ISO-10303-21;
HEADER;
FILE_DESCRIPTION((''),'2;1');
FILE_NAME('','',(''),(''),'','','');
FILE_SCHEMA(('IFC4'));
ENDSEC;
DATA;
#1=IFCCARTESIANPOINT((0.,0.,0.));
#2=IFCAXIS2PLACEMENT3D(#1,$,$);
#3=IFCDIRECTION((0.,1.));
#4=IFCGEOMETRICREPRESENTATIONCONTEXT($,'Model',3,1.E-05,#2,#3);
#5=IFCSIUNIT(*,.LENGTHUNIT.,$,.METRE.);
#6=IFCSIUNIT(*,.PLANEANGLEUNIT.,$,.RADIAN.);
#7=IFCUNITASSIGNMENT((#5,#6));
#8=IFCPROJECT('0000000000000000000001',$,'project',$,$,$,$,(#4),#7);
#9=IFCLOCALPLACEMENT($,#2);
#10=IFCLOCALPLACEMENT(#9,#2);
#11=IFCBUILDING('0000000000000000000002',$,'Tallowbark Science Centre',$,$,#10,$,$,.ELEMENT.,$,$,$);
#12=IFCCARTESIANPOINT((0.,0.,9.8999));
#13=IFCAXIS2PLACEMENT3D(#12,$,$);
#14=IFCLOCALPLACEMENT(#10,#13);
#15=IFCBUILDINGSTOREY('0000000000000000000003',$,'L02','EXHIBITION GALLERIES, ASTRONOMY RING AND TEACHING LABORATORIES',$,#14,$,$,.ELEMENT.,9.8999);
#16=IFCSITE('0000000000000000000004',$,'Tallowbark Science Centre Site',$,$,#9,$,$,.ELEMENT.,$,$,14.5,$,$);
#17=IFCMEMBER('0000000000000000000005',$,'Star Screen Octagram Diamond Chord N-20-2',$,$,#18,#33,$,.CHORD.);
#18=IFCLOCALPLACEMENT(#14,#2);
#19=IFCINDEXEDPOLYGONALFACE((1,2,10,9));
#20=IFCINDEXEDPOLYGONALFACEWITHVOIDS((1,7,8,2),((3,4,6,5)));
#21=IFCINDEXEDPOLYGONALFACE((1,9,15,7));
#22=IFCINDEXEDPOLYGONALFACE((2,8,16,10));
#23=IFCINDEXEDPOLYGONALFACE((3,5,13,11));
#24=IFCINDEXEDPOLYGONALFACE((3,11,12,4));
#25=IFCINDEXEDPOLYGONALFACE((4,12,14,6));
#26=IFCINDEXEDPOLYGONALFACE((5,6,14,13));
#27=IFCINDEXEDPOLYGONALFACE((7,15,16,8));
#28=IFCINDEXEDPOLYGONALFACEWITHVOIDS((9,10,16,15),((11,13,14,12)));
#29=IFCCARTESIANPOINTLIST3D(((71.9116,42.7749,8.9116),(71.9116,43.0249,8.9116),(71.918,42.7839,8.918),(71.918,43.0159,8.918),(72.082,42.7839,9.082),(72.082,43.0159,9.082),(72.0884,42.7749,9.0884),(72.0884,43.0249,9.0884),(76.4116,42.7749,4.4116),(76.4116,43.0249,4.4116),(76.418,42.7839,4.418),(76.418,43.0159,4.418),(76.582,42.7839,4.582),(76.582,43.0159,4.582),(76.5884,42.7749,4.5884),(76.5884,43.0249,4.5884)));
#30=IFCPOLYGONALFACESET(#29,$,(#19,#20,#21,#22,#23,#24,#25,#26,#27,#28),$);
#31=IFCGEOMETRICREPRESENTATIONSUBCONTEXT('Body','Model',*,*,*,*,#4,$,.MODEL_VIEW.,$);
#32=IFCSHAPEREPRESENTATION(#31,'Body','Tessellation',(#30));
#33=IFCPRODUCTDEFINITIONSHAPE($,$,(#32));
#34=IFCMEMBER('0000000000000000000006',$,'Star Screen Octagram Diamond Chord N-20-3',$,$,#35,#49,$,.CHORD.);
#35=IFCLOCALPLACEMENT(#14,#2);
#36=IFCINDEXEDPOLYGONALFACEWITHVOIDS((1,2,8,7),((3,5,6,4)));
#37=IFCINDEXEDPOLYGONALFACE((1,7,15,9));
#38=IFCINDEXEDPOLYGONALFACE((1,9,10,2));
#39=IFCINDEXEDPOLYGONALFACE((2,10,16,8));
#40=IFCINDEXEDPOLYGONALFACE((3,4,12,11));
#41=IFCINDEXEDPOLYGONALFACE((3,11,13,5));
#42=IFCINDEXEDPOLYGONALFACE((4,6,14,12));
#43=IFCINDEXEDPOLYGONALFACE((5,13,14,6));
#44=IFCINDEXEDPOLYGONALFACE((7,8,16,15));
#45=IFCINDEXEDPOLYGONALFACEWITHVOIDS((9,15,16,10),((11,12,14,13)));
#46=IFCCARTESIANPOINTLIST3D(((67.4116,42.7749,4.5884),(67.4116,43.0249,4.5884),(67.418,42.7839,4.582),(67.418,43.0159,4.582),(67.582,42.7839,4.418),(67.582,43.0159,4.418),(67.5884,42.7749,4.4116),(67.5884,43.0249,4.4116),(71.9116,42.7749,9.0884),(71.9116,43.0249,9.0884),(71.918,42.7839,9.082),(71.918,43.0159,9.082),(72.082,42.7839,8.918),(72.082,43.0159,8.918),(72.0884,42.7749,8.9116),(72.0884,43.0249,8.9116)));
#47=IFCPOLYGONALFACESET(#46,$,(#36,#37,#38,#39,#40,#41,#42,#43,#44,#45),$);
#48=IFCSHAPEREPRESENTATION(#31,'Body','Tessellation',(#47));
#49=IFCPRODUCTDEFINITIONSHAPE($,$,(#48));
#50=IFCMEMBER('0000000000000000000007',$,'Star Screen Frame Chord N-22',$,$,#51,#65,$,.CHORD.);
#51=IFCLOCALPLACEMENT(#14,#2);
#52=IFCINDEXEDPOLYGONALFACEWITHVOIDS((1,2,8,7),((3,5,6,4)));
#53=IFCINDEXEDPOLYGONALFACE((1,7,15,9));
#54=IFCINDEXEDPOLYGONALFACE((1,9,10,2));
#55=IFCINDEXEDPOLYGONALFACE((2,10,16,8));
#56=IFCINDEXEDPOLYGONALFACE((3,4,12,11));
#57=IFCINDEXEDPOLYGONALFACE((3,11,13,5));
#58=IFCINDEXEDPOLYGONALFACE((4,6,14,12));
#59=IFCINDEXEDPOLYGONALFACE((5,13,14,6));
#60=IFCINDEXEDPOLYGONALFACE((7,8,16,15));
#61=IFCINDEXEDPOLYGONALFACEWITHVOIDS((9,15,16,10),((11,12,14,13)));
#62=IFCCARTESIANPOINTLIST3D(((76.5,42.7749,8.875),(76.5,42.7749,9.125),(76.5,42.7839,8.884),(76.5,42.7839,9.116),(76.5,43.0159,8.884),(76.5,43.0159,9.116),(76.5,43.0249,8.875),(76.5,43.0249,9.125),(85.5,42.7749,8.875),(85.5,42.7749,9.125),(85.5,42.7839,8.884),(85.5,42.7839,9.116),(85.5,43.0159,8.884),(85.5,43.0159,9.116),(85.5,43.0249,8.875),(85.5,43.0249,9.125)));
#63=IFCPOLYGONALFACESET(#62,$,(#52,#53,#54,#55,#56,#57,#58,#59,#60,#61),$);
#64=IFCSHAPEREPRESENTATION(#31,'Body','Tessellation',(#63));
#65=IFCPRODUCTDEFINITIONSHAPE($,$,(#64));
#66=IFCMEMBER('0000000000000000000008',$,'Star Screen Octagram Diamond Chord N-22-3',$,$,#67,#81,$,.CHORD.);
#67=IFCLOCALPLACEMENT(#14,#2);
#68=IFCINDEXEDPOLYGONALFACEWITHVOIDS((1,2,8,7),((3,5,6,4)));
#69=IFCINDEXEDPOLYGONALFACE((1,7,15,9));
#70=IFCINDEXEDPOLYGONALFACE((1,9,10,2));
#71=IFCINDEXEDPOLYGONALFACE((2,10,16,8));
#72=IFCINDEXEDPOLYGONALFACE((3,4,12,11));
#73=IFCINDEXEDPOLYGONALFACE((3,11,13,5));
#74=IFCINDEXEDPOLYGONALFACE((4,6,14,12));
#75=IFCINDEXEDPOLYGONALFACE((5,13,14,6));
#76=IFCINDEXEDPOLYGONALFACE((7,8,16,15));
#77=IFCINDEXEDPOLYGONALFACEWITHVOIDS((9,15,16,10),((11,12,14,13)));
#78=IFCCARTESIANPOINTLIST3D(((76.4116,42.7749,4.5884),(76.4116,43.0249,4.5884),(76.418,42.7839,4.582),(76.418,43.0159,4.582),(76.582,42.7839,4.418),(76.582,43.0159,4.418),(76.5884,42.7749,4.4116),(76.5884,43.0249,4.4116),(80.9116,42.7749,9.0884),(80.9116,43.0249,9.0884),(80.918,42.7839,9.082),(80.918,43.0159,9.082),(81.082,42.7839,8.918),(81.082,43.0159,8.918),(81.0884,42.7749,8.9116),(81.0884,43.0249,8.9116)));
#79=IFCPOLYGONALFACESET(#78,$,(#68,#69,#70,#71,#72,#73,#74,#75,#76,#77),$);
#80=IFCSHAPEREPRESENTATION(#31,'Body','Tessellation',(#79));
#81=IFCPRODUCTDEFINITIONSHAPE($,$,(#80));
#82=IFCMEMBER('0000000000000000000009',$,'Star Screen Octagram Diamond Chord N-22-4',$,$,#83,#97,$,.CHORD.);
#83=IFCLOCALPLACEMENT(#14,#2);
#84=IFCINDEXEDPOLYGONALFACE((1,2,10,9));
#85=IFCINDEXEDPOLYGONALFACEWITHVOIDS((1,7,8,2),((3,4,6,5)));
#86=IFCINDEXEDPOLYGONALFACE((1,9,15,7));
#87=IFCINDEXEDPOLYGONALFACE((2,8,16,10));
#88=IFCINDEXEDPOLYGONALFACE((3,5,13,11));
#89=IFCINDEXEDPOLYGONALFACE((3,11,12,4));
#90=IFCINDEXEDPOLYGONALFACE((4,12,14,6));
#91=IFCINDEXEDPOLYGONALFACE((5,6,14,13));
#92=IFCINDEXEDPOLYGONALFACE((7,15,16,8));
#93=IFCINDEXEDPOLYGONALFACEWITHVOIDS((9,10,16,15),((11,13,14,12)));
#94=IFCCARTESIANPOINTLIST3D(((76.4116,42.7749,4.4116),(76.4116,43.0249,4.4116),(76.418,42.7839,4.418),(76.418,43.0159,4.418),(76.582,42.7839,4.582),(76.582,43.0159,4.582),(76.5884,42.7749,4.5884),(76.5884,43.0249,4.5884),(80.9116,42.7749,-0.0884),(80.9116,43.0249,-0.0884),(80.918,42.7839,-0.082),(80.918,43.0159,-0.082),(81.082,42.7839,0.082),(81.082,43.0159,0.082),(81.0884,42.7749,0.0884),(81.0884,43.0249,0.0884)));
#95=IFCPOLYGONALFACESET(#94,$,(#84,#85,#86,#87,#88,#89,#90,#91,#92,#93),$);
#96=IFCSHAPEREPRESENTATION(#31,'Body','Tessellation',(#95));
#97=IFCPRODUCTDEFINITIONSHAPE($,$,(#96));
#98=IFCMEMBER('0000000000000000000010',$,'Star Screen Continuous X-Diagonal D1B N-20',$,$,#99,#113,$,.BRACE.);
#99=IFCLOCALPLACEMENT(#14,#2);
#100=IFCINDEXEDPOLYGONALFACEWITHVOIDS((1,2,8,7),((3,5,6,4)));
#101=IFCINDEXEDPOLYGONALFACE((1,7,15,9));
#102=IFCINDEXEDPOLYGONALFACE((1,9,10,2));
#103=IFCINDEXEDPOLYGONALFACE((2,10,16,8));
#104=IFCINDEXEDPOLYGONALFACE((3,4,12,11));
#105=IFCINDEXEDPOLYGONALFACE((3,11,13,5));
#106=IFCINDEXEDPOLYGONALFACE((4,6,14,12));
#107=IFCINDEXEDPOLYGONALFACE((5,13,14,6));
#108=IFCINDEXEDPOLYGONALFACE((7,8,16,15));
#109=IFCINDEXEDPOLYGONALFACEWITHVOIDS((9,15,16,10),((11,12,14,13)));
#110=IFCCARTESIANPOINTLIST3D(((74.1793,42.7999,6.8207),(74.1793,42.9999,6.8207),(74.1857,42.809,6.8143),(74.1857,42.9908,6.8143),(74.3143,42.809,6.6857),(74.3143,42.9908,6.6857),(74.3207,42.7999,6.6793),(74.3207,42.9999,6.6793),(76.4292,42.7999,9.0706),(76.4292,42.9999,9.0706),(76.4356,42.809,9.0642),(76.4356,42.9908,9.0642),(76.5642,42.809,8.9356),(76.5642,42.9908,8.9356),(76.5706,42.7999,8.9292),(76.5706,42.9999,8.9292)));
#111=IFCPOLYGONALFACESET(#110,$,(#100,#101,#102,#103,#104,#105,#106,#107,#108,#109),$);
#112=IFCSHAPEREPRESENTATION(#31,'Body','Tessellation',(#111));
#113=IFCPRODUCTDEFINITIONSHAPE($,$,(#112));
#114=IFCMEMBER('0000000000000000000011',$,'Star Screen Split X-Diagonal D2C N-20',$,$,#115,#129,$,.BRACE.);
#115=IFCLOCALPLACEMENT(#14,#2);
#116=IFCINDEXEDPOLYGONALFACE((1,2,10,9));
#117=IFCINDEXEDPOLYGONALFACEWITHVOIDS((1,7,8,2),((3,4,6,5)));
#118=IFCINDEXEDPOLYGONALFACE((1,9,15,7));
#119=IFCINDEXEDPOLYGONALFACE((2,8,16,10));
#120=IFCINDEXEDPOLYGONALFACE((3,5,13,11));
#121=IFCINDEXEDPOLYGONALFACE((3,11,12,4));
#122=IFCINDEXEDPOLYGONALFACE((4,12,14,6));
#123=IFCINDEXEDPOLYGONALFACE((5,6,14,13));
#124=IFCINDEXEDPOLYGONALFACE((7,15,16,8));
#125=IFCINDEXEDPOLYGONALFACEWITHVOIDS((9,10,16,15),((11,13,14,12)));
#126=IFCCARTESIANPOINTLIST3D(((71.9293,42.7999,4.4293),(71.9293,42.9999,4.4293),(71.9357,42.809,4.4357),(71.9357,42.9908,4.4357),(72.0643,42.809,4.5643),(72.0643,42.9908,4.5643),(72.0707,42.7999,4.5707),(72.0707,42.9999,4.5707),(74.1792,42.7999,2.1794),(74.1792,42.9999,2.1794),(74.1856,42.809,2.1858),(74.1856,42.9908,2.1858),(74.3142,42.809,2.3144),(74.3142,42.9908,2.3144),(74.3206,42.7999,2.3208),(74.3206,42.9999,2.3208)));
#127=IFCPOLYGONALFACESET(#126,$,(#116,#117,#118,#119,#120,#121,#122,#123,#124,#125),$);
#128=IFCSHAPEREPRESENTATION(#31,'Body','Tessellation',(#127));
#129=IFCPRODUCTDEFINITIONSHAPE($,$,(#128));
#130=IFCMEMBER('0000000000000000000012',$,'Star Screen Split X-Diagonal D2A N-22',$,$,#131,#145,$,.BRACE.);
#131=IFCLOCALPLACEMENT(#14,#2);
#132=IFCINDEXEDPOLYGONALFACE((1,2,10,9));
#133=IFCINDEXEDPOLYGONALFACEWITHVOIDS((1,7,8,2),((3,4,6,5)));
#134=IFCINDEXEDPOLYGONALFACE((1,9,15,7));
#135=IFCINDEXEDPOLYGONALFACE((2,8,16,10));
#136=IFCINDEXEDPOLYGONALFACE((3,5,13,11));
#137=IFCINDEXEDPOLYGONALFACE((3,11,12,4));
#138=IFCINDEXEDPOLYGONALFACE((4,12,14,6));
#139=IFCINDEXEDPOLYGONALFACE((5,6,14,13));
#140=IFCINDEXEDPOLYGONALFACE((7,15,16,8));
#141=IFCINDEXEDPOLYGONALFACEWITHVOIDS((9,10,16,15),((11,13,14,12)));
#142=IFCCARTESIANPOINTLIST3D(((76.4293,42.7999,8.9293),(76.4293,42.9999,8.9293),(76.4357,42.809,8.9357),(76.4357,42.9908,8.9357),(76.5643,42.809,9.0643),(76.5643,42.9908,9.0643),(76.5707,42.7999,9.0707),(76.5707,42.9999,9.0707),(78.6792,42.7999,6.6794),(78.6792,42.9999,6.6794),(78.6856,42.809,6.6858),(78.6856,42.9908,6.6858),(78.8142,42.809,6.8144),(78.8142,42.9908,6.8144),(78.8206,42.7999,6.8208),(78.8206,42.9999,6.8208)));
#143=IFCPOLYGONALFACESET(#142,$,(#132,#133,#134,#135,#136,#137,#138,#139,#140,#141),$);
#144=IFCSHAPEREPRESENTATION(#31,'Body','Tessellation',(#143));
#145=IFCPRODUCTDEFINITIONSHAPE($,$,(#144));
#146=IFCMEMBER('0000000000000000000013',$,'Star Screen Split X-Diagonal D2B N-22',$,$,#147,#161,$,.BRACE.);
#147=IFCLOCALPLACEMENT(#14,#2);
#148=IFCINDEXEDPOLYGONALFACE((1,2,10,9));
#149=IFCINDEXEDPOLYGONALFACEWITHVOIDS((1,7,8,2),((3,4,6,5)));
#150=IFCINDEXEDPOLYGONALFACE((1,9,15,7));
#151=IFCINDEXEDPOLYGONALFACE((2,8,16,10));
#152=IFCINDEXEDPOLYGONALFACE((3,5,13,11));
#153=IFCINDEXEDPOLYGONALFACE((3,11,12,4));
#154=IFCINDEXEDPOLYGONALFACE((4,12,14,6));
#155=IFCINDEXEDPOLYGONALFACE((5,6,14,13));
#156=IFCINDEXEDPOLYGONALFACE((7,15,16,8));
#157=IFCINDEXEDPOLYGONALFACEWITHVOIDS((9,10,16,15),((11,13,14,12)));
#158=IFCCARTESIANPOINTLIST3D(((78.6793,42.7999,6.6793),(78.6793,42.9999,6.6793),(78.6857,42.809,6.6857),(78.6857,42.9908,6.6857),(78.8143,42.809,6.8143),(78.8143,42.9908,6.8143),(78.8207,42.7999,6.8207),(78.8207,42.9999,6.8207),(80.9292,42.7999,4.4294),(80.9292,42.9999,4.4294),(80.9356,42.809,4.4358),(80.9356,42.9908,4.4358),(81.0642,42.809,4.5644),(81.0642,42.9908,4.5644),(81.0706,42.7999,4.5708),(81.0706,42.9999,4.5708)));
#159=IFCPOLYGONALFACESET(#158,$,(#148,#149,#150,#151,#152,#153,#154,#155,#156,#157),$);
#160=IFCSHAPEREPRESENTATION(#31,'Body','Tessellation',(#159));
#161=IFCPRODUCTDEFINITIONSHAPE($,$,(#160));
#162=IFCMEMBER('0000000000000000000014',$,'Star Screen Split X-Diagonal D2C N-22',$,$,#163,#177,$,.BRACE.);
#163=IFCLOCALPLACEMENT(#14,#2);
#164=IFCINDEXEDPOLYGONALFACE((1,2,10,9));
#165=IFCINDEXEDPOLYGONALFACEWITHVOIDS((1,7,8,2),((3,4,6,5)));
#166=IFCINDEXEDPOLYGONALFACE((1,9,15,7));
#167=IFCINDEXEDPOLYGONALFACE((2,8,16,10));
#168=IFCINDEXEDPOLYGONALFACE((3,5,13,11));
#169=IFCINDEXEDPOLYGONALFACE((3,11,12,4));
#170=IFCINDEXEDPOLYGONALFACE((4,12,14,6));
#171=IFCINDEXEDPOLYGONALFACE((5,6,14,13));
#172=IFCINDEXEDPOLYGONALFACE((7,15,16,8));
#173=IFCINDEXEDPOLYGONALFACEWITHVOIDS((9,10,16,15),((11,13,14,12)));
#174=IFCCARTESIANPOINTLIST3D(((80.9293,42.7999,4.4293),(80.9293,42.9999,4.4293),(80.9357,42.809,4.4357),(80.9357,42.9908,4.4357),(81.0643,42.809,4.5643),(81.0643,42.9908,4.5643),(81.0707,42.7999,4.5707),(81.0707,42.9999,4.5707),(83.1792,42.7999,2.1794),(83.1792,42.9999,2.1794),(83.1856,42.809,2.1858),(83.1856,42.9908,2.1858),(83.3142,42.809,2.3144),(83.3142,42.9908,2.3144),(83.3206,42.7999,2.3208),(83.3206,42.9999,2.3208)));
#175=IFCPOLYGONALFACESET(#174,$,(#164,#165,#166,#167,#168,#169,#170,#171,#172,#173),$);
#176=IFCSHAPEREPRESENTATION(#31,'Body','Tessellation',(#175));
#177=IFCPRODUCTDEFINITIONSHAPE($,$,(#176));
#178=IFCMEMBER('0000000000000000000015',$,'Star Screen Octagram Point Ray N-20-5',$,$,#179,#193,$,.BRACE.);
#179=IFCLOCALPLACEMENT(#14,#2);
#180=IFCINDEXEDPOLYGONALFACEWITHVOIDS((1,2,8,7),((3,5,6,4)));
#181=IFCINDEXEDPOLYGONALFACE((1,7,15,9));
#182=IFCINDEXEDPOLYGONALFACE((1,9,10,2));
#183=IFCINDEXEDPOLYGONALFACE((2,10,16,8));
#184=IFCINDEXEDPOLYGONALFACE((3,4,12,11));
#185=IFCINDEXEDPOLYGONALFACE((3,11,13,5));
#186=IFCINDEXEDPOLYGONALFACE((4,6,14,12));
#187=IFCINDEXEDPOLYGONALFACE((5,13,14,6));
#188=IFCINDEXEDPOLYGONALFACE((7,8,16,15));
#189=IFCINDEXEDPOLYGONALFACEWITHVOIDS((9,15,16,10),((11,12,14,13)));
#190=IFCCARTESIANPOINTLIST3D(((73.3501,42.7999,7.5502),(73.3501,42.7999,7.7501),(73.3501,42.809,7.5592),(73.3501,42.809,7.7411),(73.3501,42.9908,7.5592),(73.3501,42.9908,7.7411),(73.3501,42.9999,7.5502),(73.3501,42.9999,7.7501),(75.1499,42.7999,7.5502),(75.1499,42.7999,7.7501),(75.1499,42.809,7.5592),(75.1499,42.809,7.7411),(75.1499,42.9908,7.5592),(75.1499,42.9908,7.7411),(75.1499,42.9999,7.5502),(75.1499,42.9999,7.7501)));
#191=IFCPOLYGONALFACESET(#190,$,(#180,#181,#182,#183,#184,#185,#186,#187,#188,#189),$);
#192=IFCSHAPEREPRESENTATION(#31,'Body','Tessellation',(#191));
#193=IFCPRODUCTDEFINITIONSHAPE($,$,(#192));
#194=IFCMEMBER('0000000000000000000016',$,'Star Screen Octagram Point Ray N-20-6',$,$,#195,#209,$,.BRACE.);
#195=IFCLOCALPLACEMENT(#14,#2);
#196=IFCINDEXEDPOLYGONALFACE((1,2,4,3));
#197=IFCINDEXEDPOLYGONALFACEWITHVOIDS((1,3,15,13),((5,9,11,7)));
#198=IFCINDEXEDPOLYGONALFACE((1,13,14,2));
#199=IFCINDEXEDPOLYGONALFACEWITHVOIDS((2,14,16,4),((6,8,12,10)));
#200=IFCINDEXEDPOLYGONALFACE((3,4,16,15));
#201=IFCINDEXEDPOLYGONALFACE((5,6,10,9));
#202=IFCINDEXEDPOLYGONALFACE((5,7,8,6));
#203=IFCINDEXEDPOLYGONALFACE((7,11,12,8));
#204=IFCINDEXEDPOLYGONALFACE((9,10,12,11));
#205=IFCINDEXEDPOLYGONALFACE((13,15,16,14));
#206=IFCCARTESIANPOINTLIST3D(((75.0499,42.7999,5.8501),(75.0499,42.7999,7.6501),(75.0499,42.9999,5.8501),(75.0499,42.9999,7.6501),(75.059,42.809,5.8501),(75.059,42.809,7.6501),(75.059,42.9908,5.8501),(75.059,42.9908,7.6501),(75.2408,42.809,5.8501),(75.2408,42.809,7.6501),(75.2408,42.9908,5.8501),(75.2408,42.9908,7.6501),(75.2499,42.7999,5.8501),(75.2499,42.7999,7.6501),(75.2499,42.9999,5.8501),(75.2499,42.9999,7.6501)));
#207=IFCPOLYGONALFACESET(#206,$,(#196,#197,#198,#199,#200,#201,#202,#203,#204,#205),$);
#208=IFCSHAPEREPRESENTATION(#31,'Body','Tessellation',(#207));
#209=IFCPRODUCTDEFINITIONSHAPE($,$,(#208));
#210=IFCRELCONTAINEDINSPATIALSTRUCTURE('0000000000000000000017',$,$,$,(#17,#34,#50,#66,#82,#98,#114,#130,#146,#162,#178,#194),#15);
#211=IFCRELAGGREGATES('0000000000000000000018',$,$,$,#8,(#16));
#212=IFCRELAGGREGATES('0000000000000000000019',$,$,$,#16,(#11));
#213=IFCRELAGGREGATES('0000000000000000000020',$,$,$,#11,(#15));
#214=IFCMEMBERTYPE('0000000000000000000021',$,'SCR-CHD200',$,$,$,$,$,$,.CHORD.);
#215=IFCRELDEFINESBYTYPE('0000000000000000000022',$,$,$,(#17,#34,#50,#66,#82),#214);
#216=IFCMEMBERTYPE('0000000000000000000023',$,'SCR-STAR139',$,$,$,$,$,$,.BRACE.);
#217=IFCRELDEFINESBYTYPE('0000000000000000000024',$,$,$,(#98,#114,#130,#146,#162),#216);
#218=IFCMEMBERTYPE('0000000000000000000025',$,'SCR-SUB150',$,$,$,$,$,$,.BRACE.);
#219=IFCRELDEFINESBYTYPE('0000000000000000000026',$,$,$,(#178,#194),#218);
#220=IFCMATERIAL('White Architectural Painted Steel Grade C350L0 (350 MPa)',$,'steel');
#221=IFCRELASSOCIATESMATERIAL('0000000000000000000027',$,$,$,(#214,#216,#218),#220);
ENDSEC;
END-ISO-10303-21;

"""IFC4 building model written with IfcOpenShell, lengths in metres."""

from ifc_helpers import new_model, si_unit, direction, frame, origin, origin_2d, place, context, subcontext, project, spatial, hollow_rectangle, extrude, material, material_profile, profile_set, type_object, element, save


model = new_model("IFC4")

# Units and contexts
model_context = context("Model", 3, precision=1e-05, world=origin(), true_north=direction((0.0, 1.0)))
body_context = subcontext(model_context, "Body", "Model", "MODEL_VIEW")
ifc_project = project(units=[si_unit("LENGTHUNIT", "METRE"), si_unit("PLANEANGLEUNIT", "RADIAN")], contexts=[model_context])

# Site, building, storey
site_placement = place(None, origin())
site = spatial("IfcSite", under=ifc_project, at=site_placement, Name="Tallowbark Science Centre Site", CompositionType="ELEMENT", RefElevation=14.5)
building_placement = place(site_placement, origin())
building = spatial("IfcBuilding", under=site, at=building_placement, Name="Tallowbark Science Centre", CompositionType="ELEMENT")
storey_placement = place(building_placement, frame((0.0, 0.0, 9.8999)))
storey = spatial("IfcBuildingStorey", under=building, at=storey_placement, Name="L02", Description="EXHIBITION GALLERIES, ASTRONOMY RING AND TEACHING LABORATORIES", CompositionType="ELEMENT", Elevation=9.8999)

# Members
ifc_material_1 = material(Name="White Architectural Painted Steel Grade C350L0 (350 MPa)", Category="steel")
ifc_material_profile_1 = material_profile(ifc_material_1, hollow_rectangle(XDim=0.25, YDim=0.25, WallThickness=0.009, at=origin_2d()), Name="250x250x9.0SHS")
ifc_profile_set_1 = profile_set([ifc_material_profile_1], Name="White Architectural Painted Steel Grade C350L0 (350 MPa)")
member_type_1 = type_object("IfcMemberType", Name="SCR-CHD200", PredefinedType="CHORD", material=ifc_profile_set_1)
for number, where, z_axis, x_axis, name in (
    (1, (76.5, 42.8999, 4.5), (-0.707107, 0.0, 0.707107), (0.0, -1.0, 0.0), "Star Screen Octagram Diamond Chord N-20-2"),
    (2, (72.0, 42.8999, 9.0), (-0.707107, 0.0, -0.707107), (0.0, -1.0, 0.0), "Star Screen Octagram Diamond Chord N-20-3"),
):
    element("IfcMember", number, at=place(storey_placement, frame(where, z_axis=z_axis, x_axis=x_axis)), inside=storey, type_object=member_type_1, Name=name, PredefinedType="CHORD", context=body_context, shape_type="SweptSolid", body=[
        extrude(hollow_rectangle(XDim=0.25, YDim=0.25, WallThickness=0.009, at=origin_2d()), origin(), (0.0, 0.0, 1.0), 6.364),
    ])
member_1_placement = place(storey_placement, frame((76.5, 42.8999, 9.0), z_axis=(1.0, 0.0, 0.0), x_axis=(0.0, 1.0, 0.0)))
element("IfcMember", 3, at=member_1_placement, inside=storey, type_object=member_type_1, Name="Star Screen Frame Chord N-22", PredefinedType="CHORD", context=body_context, shape_type="SweptSolid", body=[
    extrude(hollow_rectangle(XDim=0.25, YDim=0.25, WallThickness=0.009, at=origin_2d()), origin(), (0.0, 0.0, 1.0), 9.0),
])
for number, where, z_axis, x_axis, name in (
    (4, (81.0, 42.8999, 9.0), (-0.707107, 0.0, -0.707107), (0.0, -1.0, 0.0), "Star Screen Octagram Diamond Chord N-22-3"),
    (5, (76.5, 42.8999, 4.5), (0.707107, 0.0, -0.707107), (0.0, 1.0, 0.0), "Star Screen Octagram Diamond Chord N-22-4"),
):
    element("IfcMember", number, at=place(storey_placement, frame(where, z_axis=z_axis, x_axis=x_axis)), inside=storey, type_object=member_type_1, Name=name, PredefinedType="CHORD", context=body_context, shape_type="SweptSolid", body=[
        extrude(hollow_rectangle(XDim=0.25, YDim=0.25, WallThickness=0.009, at=origin_2d()), origin(), (0.0, 0.0, 1.0), 6.364),
    ])
ifc_material_profile_2 = material_profile(ifc_material_1, hollow_rectangle(XDim=0.2, YDim=0.2, WallThickness=0.009, at=origin_2d()), Name="200x200x9.0SHS")
ifc_profile_set_2 = profile_set([ifc_material_profile_2], Name="White Architectural Painted Steel Grade C350L0 (350 MPa)")
member_type_2 = type_object("IfcMemberType", Name="SCR-STAR139", PredefinedType="BRACE", material=ifc_profile_set_2)
for number, where, z_axis, x_axis, name in (
    (6, (74.25, 42.8999, 6.75), (0.707107, 0.0, 0.707107), (0.0, 1.0, 0.0), "Star Screen Continuous X-Diagonal D1B N-20"),
    (7, (72.0, 42.8999, 4.5), (0.707107, 0.0, -0.707107), (0.0, 1.0, 0.0), "Star Screen Split X-Diagonal D2C N-20"),
    (8, (76.5, 42.8999, 9.0), (0.707107, 0.0, -0.707107), (0.0, 1.0, 0.0), "Star Screen Split X-Diagonal D2A N-22"),
    (9, (78.75, 42.8999, 6.75), (0.707107, 0.0, -0.707107), (0.0, 1.0, 0.0), "Star Screen Split X-Diagonal D2B N-22"),
    (10, (81.0, 42.8999, 4.5), (0.707107, 0.0, -0.707107), (0.0, 1.0, 0.0), "Star Screen Split X-Diagonal D2C N-22"),
):
    element("IfcMember", number, at=place(storey_placement, frame(where, z_axis=z_axis, x_axis=x_axis)), inside=storey, type_object=member_type_2, Name=name, PredefinedType="BRACE", context=body_context, shape_type="SweptSolid", body=[
        extrude(hollow_rectangle(XDim=0.2, YDim=0.2, WallThickness=0.009, at=origin_2d()), origin(), (0.0, 0.0, 1.0), 3.1819),
    ])
ifc_material_profile_3 = material_profile(ifc_material_1, hollow_rectangle(XDim=0.2, YDim=0.2, WallThickness=0.009, at=origin_2d()), Name="200x200x9.0SHS")
ifc_profile_set_3 = profile_set([ifc_material_profile_3], Name="White Architectural Painted Steel Grade C350L0 (350 MPa)")
member_type_3 = type_object("IfcMemberType", Name="SCR-SUB150", PredefinedType="BRACE", material=ifc_profile_set_3)
member_2_placement = place(storey_placement, frame((75.1499, 42.8999, 7.6501), z_axis=(-1.0, 0.0, 0.0), x_axis=(0.0, -1.0, 0.0)))
element("IfcMember", 11, at=member_2_placement, inside=storey, type_object=member_type_3, Name="Star Screen Octagram Point Ray N-20-5", PredefinedType="BRACE", context=body_context, shape_type="SweptSolid", body=[
    extrude(hollow_rectangle(XDim=0.2, YDim=0.2, WallThickness=0.009, at=origin_2d()), origin(), (0.0, 0.0, 1.0), 1.7998),
])
member_3_placement = place(storey_placement, frame((75.1499, 42.8999, 7.6501), z_axis=(0.0, 0.0, -1.0), x_axis=(1.0, 0.0, 0.0)))
element("IfcMember", 12, at=member_3_placement, inside=storey, type_object=member_type_3, Name="Star Screen Octagram Point Ray N-20-6", PredefinedType="BRACE", context=body_context, shape_type="SweptSolid", body=[
    extrude(hollow_rectangle(XDim=0.2, YDim=0.2, WallThickness=0.009, at=origin_2d()), origin(), (0.0, 0.0, 1.0), 1.8),
])

save(model, "model.ifc")
